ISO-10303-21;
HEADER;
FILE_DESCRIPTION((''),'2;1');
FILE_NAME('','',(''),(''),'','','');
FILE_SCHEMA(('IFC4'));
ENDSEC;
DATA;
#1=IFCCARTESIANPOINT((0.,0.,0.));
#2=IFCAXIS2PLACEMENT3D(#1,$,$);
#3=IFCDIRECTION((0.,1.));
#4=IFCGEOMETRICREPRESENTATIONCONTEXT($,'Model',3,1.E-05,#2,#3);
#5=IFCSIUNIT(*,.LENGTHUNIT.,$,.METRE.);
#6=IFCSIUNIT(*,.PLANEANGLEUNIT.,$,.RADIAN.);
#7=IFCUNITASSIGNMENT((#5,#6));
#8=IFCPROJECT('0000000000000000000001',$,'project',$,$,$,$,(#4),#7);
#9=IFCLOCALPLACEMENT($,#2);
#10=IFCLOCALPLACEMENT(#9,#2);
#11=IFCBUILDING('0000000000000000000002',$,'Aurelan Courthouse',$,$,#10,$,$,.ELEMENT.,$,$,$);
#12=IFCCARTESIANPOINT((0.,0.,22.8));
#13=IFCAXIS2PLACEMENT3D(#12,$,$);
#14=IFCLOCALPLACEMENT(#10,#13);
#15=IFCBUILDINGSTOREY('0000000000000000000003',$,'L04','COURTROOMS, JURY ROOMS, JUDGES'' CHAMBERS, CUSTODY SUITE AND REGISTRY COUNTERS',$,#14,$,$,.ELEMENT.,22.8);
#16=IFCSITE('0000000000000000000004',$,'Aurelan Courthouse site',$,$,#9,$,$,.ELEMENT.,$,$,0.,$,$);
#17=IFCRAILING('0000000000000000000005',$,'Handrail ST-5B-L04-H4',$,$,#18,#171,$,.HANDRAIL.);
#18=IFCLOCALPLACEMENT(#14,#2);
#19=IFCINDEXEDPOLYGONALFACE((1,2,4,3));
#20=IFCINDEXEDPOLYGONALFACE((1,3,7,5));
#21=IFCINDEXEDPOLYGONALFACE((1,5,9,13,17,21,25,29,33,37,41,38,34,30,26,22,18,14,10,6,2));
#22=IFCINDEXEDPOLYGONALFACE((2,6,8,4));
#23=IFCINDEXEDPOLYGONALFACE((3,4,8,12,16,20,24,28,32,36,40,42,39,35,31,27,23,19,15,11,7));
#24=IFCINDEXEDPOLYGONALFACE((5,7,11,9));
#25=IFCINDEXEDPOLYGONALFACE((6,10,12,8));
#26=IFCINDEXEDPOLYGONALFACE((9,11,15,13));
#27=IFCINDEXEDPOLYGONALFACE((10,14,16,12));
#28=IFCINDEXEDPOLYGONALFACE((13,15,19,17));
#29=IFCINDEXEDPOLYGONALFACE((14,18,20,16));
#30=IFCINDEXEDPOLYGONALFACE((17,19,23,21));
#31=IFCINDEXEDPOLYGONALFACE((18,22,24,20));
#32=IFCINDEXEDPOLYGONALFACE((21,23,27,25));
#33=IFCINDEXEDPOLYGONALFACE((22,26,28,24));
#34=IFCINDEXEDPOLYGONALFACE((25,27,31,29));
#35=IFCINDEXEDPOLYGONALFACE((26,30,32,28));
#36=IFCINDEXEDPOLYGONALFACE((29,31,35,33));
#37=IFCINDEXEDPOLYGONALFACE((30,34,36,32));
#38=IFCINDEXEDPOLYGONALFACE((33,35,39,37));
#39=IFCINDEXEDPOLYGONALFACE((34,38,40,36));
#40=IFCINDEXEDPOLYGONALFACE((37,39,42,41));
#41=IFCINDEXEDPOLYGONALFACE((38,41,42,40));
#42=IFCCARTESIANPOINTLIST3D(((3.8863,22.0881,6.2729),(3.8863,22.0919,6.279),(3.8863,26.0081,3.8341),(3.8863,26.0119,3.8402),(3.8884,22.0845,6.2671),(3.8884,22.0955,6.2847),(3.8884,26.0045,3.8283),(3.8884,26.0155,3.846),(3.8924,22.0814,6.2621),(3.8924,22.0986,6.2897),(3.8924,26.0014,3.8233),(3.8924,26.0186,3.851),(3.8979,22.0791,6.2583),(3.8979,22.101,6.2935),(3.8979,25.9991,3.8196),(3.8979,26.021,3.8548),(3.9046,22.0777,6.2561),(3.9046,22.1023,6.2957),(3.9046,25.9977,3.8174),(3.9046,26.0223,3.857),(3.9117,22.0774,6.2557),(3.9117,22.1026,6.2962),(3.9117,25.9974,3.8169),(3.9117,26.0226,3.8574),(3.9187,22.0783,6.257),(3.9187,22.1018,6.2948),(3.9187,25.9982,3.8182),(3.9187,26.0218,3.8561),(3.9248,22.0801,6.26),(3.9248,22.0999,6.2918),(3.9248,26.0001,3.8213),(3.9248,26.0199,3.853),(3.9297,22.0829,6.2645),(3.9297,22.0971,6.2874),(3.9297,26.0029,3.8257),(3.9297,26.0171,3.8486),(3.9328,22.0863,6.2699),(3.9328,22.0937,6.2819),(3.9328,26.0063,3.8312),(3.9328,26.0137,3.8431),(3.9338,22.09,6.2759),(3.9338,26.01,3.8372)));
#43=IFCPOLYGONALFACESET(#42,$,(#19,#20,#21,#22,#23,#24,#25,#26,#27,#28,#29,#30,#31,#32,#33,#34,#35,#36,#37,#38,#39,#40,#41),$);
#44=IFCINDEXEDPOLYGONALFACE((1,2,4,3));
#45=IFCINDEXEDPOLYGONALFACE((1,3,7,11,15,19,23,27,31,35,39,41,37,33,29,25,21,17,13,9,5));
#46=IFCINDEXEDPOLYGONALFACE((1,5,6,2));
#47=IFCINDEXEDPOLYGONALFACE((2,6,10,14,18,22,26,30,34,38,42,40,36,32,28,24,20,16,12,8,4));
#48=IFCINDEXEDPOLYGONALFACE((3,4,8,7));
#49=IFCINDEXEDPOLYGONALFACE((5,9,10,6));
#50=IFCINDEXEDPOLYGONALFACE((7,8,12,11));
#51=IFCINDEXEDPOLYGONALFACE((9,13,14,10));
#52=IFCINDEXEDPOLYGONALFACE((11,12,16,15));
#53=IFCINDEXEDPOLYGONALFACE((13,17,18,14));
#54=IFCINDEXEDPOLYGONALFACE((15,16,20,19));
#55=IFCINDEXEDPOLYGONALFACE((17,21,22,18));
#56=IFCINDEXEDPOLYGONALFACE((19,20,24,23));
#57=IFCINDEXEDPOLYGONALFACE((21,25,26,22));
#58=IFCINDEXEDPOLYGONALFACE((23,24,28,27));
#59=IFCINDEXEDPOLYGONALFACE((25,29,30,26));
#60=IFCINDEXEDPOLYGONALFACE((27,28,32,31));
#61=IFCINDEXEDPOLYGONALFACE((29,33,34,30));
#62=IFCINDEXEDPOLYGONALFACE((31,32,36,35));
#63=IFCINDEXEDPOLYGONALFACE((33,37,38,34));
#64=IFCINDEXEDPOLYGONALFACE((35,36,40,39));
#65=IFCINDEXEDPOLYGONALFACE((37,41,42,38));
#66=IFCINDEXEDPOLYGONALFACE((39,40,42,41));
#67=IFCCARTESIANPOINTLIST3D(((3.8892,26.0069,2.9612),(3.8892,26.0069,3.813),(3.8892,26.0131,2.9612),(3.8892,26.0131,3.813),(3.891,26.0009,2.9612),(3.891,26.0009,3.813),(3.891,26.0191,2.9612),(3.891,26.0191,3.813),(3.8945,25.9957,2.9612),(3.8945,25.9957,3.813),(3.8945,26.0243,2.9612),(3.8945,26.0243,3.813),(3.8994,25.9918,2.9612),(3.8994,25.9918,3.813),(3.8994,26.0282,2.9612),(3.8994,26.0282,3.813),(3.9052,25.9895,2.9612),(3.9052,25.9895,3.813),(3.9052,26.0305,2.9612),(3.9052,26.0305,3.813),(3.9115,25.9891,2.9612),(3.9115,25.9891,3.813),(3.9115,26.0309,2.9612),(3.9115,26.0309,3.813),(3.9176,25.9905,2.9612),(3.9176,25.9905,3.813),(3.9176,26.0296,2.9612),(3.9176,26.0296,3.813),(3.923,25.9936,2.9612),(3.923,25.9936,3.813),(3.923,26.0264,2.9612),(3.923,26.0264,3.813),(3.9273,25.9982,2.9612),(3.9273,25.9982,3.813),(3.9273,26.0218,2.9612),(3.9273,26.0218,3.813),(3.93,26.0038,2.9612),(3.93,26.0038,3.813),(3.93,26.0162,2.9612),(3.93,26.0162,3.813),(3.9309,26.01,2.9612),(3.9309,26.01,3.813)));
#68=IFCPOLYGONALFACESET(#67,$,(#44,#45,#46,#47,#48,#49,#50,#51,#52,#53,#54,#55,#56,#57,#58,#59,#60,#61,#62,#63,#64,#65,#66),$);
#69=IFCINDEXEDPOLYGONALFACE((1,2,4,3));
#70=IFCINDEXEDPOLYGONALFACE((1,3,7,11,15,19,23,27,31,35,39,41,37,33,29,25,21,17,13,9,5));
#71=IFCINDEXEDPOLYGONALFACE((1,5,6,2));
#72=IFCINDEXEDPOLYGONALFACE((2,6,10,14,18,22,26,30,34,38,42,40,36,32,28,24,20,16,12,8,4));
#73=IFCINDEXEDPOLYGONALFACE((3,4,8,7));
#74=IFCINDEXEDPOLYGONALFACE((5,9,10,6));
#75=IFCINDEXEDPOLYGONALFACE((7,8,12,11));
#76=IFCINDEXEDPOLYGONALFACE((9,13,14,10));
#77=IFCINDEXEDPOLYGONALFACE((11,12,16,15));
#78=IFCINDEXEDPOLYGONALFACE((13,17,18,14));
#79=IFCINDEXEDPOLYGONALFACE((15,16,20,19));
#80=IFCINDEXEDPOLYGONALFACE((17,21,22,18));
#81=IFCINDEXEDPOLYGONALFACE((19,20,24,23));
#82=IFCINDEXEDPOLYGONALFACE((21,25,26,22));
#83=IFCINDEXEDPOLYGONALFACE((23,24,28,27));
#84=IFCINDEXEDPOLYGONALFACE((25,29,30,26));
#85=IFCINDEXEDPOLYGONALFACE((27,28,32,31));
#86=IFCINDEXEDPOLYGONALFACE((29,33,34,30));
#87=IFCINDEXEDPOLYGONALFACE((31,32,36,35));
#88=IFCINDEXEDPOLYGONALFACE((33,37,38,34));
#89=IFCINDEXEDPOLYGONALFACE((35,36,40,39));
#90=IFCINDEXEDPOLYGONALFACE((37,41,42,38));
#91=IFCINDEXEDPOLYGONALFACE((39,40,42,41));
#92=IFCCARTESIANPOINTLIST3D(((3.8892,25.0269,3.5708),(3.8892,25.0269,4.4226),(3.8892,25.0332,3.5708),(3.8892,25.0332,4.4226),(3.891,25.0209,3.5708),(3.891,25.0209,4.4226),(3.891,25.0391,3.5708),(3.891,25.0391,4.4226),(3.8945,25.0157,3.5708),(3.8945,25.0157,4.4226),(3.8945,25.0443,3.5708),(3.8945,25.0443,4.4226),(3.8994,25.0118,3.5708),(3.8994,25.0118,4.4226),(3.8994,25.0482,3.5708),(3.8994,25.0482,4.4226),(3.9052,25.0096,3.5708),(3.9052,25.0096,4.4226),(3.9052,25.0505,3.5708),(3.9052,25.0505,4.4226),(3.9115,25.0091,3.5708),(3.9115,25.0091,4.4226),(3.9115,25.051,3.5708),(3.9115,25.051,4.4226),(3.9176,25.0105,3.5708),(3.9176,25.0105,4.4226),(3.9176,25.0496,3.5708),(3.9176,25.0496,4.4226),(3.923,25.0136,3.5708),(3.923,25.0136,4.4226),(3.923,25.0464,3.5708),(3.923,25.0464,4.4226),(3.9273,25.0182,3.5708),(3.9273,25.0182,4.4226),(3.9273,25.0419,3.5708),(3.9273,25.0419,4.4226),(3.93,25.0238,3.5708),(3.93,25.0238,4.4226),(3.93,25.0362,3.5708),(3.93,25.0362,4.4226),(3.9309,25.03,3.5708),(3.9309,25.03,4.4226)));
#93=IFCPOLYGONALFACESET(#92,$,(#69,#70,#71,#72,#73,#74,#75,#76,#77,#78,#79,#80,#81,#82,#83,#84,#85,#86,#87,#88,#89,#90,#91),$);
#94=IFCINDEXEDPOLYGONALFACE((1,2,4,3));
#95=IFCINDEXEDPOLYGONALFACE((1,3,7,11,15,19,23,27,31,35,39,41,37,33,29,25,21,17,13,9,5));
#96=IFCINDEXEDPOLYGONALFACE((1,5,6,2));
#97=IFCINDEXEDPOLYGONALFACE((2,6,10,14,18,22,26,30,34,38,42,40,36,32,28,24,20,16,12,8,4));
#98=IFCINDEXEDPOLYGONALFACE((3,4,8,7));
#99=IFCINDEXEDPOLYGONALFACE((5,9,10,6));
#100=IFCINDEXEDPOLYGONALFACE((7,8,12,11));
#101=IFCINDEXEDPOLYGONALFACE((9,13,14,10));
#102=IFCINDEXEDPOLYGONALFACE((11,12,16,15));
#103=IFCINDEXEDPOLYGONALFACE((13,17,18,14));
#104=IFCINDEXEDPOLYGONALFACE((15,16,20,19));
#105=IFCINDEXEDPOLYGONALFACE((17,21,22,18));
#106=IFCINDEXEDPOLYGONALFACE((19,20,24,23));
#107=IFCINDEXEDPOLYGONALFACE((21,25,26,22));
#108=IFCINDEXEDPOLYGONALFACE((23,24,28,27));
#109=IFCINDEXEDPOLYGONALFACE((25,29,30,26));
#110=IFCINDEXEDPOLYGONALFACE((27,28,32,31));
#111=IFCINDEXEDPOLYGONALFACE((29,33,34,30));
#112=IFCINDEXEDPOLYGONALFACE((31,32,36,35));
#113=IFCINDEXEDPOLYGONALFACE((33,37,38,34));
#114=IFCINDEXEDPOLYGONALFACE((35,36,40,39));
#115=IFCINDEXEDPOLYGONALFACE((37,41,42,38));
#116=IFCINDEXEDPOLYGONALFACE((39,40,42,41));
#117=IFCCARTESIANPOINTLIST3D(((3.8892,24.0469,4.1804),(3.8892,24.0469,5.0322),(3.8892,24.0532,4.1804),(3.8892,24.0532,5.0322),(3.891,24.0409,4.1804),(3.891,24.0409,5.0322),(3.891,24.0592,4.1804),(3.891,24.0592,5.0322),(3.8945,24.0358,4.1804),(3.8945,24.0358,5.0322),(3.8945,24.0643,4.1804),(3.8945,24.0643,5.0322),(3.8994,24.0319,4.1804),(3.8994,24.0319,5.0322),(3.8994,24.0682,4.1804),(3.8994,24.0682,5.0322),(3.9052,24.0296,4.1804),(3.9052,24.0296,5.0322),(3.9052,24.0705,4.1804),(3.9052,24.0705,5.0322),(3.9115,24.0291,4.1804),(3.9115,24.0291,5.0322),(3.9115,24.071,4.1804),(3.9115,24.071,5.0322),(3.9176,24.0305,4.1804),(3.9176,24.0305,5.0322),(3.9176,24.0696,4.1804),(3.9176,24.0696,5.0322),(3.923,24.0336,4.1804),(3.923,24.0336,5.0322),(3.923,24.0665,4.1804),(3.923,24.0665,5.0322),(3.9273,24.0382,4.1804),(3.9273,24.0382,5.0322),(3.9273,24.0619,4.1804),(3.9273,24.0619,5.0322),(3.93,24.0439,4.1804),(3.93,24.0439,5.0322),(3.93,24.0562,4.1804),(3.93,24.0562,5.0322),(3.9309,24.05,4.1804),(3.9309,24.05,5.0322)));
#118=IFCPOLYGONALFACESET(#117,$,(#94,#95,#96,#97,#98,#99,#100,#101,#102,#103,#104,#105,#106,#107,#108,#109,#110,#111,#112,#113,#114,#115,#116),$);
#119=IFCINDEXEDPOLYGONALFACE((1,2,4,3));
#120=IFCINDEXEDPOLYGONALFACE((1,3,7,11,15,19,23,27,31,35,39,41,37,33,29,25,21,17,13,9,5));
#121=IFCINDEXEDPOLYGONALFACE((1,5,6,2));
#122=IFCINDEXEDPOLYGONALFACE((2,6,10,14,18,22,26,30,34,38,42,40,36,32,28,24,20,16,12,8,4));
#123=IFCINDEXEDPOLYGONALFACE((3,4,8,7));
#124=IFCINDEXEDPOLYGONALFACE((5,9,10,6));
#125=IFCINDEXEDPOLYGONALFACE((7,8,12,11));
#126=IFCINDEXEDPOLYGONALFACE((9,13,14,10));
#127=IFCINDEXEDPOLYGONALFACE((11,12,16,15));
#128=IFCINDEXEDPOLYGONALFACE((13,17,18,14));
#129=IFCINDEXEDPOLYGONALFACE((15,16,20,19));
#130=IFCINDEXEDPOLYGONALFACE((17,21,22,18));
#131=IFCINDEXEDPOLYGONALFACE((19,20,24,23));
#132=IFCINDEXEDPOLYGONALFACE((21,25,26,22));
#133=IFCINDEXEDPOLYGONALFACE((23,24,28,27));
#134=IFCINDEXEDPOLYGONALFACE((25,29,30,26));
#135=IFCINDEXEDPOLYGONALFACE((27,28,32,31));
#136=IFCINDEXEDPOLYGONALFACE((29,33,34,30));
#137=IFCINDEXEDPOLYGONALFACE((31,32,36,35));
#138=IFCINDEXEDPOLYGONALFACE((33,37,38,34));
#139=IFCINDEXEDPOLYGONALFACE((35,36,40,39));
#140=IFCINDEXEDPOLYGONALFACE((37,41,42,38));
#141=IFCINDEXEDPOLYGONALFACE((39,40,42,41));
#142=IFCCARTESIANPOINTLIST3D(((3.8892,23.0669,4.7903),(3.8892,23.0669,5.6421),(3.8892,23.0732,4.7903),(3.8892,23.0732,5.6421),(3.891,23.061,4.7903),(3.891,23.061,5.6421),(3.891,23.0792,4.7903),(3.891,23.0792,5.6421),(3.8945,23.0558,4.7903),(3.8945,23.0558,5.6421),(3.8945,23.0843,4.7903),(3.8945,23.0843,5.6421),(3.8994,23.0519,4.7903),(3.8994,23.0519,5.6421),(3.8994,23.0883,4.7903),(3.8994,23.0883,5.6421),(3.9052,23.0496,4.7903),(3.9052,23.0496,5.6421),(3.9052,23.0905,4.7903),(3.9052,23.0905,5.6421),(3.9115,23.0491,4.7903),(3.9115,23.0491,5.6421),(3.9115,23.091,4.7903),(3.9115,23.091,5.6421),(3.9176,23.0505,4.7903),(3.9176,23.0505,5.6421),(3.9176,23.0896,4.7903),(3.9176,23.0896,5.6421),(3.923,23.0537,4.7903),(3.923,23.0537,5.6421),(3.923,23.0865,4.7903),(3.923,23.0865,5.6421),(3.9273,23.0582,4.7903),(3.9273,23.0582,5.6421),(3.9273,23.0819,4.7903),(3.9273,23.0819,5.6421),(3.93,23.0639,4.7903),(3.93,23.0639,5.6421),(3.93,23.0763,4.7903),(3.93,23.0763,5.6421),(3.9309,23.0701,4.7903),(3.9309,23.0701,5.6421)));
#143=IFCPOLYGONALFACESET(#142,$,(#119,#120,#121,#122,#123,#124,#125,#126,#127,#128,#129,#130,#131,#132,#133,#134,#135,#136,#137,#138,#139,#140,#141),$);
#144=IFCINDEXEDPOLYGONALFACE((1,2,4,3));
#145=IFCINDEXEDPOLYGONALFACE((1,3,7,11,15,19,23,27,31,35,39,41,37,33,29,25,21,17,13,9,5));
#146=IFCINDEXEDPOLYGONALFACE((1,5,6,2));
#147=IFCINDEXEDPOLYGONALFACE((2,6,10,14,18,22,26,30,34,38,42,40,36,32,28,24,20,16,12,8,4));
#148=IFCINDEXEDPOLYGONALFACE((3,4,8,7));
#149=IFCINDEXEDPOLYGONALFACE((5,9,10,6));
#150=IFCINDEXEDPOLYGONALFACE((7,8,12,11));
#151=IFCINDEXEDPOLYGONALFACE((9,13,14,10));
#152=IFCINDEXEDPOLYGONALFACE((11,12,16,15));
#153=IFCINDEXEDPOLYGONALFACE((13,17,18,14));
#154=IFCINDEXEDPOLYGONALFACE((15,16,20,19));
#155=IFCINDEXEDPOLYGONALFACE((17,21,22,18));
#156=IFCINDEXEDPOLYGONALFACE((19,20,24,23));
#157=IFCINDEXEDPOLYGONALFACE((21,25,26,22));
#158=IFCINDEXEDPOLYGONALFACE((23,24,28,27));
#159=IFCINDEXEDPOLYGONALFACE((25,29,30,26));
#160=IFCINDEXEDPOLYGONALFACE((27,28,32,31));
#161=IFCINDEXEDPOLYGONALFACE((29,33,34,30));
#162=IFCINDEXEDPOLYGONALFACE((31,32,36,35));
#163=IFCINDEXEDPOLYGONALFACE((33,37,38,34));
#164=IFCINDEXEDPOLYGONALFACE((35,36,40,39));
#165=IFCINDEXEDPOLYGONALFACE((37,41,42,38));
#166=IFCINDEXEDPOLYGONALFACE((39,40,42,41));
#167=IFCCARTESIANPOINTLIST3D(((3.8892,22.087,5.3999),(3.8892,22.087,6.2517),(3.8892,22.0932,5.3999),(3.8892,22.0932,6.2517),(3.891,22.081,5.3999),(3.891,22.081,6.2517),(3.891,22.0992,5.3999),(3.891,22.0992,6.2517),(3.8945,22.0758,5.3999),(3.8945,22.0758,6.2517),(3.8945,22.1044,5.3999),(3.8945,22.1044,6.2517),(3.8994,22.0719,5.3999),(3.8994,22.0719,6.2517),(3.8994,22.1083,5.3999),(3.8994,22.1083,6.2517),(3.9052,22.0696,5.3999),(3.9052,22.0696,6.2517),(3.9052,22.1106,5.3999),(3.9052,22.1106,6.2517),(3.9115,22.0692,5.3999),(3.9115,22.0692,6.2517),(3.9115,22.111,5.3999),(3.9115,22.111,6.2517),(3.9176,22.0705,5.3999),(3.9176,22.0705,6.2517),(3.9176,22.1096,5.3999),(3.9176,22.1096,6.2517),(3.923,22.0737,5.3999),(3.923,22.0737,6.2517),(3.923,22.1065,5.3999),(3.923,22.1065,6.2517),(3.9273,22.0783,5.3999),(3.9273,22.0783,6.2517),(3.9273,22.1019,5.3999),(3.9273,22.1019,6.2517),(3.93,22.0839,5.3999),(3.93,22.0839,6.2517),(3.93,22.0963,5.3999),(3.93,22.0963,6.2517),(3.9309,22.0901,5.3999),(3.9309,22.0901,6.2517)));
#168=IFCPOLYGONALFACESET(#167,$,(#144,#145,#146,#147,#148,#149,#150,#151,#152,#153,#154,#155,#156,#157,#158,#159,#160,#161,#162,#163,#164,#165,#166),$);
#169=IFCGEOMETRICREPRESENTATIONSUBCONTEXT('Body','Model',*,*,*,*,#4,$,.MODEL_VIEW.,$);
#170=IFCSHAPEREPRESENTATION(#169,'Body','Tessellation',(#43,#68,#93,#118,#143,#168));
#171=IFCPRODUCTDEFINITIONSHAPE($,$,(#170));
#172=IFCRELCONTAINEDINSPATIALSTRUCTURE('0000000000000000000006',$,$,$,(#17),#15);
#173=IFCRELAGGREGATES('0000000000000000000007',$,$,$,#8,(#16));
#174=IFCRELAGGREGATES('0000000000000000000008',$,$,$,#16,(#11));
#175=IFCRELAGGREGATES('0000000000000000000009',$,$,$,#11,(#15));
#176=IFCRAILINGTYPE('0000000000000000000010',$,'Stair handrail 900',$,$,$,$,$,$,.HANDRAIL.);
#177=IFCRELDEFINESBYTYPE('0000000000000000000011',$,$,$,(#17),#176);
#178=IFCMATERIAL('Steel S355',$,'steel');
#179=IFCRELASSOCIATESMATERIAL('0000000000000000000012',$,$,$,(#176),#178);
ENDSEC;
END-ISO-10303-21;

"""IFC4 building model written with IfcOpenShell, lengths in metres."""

from ifc_helpers import new_model, si_unit, direction, frame, origin, origin_2d, place, context, subcontext, project, spatial, circle, extrude, material, type_object, element, save


model = new_model("IFC4")

# Units and contexts
model_context = context("Model", 3, precision=1e-05, world=origin(), true_north=direction((0.0, 1.0)))
body_context = subcontext(model_context, "Body", "Model", "MODEL_VIEW")
ifc_project = project(units=[si_unit("LENGTHUNIT", "METRE"), si_unit("PLANEANGLEUNIT", "RADIAN")], contexts=[model_context])

# Site, building, storey
site_placement = place(None, origin())
site = spatial("IfcSite", under=ifc_project, at=site_placement, Name="Aurelan Courthouse site", CompositionType="ELEMENT", RefElevation=0.0)
building_placement = place(site_placement, origin())
building = spatial("IfcBuilding", under=site, at=building_placement, Name="Aurelan Courthouse", CompositionType="ELEMENT")
storey_placement = place(building_placement, frame((0.0, 0.0, 22.8)))
storey = spatial("IfcBuildingStorey", under=building, at=storey_placement, Name="L04", Description="COURTROOMS, JURY ROOMS, JUDGES' CHAMBERS, CUSTODY SUITE AND REGISTRY COUNTERS", CompositionType="ELEMENT", Elevation=22.8)

# Railing
ifc_material_1 = material(Name="Steel S355", Category="steel")
railing_type_1 = type_object("IfcRailingType", Name="Stair handrail 900", PredefinedType="HANDRAIL", material=ifc_material_1)
for number, where, name in (
    (1, (3.9099, 26.01, 2.9612), "Handrail ST-5B-L04-H4"),
):
    element("IfcRailing", number, at=place(storey_placement, frame(where)), inside=storey, type_object=railing_type_1, Name=name, PredefinedType="HANDRAIL", context=body_context, shape_type="SweptSolid", body=[
        extrude(circle(Radius=0.0239, at=origin_2d()), frame((0.0, 0.0, 0.876), z_axis=(0.0, -0.84909, 0.528249), x_axis=(1.0, 0.0, 0.0)), (0.0, 0.0, 1.0), 4.6167),
        extrude(circle(Radius=0.021, at=origin_2d()), origin(), (0.0, 0.0, 1.0), 0.8518),
        extrude(circle(Radius=0.021, at=origin_2d()), frame((0.0, -0.98, 0.6096)), (0.0, 0.0, 1.0), 0.8518),
        extrude(circle(Radius=0.021, at=origin_2d()), frame((0.0, -1.96, 1.2192)), (0.0, 0.0, 1.0), 0.8518),
        extrude(circle(Radius=0.021, at=origin_2d()), frame((0.0, -2.9399, 1.8291)), (0.0, 0.0, 1.0), 0.8518),
        extrude(circle(Radius=0.021, at=origin_2d()), frame((0.0, -3.9199, 2.4387)), (0.0, 0.0, 1.0), 0.8518),
    ])

save(model, "model.ifc")
